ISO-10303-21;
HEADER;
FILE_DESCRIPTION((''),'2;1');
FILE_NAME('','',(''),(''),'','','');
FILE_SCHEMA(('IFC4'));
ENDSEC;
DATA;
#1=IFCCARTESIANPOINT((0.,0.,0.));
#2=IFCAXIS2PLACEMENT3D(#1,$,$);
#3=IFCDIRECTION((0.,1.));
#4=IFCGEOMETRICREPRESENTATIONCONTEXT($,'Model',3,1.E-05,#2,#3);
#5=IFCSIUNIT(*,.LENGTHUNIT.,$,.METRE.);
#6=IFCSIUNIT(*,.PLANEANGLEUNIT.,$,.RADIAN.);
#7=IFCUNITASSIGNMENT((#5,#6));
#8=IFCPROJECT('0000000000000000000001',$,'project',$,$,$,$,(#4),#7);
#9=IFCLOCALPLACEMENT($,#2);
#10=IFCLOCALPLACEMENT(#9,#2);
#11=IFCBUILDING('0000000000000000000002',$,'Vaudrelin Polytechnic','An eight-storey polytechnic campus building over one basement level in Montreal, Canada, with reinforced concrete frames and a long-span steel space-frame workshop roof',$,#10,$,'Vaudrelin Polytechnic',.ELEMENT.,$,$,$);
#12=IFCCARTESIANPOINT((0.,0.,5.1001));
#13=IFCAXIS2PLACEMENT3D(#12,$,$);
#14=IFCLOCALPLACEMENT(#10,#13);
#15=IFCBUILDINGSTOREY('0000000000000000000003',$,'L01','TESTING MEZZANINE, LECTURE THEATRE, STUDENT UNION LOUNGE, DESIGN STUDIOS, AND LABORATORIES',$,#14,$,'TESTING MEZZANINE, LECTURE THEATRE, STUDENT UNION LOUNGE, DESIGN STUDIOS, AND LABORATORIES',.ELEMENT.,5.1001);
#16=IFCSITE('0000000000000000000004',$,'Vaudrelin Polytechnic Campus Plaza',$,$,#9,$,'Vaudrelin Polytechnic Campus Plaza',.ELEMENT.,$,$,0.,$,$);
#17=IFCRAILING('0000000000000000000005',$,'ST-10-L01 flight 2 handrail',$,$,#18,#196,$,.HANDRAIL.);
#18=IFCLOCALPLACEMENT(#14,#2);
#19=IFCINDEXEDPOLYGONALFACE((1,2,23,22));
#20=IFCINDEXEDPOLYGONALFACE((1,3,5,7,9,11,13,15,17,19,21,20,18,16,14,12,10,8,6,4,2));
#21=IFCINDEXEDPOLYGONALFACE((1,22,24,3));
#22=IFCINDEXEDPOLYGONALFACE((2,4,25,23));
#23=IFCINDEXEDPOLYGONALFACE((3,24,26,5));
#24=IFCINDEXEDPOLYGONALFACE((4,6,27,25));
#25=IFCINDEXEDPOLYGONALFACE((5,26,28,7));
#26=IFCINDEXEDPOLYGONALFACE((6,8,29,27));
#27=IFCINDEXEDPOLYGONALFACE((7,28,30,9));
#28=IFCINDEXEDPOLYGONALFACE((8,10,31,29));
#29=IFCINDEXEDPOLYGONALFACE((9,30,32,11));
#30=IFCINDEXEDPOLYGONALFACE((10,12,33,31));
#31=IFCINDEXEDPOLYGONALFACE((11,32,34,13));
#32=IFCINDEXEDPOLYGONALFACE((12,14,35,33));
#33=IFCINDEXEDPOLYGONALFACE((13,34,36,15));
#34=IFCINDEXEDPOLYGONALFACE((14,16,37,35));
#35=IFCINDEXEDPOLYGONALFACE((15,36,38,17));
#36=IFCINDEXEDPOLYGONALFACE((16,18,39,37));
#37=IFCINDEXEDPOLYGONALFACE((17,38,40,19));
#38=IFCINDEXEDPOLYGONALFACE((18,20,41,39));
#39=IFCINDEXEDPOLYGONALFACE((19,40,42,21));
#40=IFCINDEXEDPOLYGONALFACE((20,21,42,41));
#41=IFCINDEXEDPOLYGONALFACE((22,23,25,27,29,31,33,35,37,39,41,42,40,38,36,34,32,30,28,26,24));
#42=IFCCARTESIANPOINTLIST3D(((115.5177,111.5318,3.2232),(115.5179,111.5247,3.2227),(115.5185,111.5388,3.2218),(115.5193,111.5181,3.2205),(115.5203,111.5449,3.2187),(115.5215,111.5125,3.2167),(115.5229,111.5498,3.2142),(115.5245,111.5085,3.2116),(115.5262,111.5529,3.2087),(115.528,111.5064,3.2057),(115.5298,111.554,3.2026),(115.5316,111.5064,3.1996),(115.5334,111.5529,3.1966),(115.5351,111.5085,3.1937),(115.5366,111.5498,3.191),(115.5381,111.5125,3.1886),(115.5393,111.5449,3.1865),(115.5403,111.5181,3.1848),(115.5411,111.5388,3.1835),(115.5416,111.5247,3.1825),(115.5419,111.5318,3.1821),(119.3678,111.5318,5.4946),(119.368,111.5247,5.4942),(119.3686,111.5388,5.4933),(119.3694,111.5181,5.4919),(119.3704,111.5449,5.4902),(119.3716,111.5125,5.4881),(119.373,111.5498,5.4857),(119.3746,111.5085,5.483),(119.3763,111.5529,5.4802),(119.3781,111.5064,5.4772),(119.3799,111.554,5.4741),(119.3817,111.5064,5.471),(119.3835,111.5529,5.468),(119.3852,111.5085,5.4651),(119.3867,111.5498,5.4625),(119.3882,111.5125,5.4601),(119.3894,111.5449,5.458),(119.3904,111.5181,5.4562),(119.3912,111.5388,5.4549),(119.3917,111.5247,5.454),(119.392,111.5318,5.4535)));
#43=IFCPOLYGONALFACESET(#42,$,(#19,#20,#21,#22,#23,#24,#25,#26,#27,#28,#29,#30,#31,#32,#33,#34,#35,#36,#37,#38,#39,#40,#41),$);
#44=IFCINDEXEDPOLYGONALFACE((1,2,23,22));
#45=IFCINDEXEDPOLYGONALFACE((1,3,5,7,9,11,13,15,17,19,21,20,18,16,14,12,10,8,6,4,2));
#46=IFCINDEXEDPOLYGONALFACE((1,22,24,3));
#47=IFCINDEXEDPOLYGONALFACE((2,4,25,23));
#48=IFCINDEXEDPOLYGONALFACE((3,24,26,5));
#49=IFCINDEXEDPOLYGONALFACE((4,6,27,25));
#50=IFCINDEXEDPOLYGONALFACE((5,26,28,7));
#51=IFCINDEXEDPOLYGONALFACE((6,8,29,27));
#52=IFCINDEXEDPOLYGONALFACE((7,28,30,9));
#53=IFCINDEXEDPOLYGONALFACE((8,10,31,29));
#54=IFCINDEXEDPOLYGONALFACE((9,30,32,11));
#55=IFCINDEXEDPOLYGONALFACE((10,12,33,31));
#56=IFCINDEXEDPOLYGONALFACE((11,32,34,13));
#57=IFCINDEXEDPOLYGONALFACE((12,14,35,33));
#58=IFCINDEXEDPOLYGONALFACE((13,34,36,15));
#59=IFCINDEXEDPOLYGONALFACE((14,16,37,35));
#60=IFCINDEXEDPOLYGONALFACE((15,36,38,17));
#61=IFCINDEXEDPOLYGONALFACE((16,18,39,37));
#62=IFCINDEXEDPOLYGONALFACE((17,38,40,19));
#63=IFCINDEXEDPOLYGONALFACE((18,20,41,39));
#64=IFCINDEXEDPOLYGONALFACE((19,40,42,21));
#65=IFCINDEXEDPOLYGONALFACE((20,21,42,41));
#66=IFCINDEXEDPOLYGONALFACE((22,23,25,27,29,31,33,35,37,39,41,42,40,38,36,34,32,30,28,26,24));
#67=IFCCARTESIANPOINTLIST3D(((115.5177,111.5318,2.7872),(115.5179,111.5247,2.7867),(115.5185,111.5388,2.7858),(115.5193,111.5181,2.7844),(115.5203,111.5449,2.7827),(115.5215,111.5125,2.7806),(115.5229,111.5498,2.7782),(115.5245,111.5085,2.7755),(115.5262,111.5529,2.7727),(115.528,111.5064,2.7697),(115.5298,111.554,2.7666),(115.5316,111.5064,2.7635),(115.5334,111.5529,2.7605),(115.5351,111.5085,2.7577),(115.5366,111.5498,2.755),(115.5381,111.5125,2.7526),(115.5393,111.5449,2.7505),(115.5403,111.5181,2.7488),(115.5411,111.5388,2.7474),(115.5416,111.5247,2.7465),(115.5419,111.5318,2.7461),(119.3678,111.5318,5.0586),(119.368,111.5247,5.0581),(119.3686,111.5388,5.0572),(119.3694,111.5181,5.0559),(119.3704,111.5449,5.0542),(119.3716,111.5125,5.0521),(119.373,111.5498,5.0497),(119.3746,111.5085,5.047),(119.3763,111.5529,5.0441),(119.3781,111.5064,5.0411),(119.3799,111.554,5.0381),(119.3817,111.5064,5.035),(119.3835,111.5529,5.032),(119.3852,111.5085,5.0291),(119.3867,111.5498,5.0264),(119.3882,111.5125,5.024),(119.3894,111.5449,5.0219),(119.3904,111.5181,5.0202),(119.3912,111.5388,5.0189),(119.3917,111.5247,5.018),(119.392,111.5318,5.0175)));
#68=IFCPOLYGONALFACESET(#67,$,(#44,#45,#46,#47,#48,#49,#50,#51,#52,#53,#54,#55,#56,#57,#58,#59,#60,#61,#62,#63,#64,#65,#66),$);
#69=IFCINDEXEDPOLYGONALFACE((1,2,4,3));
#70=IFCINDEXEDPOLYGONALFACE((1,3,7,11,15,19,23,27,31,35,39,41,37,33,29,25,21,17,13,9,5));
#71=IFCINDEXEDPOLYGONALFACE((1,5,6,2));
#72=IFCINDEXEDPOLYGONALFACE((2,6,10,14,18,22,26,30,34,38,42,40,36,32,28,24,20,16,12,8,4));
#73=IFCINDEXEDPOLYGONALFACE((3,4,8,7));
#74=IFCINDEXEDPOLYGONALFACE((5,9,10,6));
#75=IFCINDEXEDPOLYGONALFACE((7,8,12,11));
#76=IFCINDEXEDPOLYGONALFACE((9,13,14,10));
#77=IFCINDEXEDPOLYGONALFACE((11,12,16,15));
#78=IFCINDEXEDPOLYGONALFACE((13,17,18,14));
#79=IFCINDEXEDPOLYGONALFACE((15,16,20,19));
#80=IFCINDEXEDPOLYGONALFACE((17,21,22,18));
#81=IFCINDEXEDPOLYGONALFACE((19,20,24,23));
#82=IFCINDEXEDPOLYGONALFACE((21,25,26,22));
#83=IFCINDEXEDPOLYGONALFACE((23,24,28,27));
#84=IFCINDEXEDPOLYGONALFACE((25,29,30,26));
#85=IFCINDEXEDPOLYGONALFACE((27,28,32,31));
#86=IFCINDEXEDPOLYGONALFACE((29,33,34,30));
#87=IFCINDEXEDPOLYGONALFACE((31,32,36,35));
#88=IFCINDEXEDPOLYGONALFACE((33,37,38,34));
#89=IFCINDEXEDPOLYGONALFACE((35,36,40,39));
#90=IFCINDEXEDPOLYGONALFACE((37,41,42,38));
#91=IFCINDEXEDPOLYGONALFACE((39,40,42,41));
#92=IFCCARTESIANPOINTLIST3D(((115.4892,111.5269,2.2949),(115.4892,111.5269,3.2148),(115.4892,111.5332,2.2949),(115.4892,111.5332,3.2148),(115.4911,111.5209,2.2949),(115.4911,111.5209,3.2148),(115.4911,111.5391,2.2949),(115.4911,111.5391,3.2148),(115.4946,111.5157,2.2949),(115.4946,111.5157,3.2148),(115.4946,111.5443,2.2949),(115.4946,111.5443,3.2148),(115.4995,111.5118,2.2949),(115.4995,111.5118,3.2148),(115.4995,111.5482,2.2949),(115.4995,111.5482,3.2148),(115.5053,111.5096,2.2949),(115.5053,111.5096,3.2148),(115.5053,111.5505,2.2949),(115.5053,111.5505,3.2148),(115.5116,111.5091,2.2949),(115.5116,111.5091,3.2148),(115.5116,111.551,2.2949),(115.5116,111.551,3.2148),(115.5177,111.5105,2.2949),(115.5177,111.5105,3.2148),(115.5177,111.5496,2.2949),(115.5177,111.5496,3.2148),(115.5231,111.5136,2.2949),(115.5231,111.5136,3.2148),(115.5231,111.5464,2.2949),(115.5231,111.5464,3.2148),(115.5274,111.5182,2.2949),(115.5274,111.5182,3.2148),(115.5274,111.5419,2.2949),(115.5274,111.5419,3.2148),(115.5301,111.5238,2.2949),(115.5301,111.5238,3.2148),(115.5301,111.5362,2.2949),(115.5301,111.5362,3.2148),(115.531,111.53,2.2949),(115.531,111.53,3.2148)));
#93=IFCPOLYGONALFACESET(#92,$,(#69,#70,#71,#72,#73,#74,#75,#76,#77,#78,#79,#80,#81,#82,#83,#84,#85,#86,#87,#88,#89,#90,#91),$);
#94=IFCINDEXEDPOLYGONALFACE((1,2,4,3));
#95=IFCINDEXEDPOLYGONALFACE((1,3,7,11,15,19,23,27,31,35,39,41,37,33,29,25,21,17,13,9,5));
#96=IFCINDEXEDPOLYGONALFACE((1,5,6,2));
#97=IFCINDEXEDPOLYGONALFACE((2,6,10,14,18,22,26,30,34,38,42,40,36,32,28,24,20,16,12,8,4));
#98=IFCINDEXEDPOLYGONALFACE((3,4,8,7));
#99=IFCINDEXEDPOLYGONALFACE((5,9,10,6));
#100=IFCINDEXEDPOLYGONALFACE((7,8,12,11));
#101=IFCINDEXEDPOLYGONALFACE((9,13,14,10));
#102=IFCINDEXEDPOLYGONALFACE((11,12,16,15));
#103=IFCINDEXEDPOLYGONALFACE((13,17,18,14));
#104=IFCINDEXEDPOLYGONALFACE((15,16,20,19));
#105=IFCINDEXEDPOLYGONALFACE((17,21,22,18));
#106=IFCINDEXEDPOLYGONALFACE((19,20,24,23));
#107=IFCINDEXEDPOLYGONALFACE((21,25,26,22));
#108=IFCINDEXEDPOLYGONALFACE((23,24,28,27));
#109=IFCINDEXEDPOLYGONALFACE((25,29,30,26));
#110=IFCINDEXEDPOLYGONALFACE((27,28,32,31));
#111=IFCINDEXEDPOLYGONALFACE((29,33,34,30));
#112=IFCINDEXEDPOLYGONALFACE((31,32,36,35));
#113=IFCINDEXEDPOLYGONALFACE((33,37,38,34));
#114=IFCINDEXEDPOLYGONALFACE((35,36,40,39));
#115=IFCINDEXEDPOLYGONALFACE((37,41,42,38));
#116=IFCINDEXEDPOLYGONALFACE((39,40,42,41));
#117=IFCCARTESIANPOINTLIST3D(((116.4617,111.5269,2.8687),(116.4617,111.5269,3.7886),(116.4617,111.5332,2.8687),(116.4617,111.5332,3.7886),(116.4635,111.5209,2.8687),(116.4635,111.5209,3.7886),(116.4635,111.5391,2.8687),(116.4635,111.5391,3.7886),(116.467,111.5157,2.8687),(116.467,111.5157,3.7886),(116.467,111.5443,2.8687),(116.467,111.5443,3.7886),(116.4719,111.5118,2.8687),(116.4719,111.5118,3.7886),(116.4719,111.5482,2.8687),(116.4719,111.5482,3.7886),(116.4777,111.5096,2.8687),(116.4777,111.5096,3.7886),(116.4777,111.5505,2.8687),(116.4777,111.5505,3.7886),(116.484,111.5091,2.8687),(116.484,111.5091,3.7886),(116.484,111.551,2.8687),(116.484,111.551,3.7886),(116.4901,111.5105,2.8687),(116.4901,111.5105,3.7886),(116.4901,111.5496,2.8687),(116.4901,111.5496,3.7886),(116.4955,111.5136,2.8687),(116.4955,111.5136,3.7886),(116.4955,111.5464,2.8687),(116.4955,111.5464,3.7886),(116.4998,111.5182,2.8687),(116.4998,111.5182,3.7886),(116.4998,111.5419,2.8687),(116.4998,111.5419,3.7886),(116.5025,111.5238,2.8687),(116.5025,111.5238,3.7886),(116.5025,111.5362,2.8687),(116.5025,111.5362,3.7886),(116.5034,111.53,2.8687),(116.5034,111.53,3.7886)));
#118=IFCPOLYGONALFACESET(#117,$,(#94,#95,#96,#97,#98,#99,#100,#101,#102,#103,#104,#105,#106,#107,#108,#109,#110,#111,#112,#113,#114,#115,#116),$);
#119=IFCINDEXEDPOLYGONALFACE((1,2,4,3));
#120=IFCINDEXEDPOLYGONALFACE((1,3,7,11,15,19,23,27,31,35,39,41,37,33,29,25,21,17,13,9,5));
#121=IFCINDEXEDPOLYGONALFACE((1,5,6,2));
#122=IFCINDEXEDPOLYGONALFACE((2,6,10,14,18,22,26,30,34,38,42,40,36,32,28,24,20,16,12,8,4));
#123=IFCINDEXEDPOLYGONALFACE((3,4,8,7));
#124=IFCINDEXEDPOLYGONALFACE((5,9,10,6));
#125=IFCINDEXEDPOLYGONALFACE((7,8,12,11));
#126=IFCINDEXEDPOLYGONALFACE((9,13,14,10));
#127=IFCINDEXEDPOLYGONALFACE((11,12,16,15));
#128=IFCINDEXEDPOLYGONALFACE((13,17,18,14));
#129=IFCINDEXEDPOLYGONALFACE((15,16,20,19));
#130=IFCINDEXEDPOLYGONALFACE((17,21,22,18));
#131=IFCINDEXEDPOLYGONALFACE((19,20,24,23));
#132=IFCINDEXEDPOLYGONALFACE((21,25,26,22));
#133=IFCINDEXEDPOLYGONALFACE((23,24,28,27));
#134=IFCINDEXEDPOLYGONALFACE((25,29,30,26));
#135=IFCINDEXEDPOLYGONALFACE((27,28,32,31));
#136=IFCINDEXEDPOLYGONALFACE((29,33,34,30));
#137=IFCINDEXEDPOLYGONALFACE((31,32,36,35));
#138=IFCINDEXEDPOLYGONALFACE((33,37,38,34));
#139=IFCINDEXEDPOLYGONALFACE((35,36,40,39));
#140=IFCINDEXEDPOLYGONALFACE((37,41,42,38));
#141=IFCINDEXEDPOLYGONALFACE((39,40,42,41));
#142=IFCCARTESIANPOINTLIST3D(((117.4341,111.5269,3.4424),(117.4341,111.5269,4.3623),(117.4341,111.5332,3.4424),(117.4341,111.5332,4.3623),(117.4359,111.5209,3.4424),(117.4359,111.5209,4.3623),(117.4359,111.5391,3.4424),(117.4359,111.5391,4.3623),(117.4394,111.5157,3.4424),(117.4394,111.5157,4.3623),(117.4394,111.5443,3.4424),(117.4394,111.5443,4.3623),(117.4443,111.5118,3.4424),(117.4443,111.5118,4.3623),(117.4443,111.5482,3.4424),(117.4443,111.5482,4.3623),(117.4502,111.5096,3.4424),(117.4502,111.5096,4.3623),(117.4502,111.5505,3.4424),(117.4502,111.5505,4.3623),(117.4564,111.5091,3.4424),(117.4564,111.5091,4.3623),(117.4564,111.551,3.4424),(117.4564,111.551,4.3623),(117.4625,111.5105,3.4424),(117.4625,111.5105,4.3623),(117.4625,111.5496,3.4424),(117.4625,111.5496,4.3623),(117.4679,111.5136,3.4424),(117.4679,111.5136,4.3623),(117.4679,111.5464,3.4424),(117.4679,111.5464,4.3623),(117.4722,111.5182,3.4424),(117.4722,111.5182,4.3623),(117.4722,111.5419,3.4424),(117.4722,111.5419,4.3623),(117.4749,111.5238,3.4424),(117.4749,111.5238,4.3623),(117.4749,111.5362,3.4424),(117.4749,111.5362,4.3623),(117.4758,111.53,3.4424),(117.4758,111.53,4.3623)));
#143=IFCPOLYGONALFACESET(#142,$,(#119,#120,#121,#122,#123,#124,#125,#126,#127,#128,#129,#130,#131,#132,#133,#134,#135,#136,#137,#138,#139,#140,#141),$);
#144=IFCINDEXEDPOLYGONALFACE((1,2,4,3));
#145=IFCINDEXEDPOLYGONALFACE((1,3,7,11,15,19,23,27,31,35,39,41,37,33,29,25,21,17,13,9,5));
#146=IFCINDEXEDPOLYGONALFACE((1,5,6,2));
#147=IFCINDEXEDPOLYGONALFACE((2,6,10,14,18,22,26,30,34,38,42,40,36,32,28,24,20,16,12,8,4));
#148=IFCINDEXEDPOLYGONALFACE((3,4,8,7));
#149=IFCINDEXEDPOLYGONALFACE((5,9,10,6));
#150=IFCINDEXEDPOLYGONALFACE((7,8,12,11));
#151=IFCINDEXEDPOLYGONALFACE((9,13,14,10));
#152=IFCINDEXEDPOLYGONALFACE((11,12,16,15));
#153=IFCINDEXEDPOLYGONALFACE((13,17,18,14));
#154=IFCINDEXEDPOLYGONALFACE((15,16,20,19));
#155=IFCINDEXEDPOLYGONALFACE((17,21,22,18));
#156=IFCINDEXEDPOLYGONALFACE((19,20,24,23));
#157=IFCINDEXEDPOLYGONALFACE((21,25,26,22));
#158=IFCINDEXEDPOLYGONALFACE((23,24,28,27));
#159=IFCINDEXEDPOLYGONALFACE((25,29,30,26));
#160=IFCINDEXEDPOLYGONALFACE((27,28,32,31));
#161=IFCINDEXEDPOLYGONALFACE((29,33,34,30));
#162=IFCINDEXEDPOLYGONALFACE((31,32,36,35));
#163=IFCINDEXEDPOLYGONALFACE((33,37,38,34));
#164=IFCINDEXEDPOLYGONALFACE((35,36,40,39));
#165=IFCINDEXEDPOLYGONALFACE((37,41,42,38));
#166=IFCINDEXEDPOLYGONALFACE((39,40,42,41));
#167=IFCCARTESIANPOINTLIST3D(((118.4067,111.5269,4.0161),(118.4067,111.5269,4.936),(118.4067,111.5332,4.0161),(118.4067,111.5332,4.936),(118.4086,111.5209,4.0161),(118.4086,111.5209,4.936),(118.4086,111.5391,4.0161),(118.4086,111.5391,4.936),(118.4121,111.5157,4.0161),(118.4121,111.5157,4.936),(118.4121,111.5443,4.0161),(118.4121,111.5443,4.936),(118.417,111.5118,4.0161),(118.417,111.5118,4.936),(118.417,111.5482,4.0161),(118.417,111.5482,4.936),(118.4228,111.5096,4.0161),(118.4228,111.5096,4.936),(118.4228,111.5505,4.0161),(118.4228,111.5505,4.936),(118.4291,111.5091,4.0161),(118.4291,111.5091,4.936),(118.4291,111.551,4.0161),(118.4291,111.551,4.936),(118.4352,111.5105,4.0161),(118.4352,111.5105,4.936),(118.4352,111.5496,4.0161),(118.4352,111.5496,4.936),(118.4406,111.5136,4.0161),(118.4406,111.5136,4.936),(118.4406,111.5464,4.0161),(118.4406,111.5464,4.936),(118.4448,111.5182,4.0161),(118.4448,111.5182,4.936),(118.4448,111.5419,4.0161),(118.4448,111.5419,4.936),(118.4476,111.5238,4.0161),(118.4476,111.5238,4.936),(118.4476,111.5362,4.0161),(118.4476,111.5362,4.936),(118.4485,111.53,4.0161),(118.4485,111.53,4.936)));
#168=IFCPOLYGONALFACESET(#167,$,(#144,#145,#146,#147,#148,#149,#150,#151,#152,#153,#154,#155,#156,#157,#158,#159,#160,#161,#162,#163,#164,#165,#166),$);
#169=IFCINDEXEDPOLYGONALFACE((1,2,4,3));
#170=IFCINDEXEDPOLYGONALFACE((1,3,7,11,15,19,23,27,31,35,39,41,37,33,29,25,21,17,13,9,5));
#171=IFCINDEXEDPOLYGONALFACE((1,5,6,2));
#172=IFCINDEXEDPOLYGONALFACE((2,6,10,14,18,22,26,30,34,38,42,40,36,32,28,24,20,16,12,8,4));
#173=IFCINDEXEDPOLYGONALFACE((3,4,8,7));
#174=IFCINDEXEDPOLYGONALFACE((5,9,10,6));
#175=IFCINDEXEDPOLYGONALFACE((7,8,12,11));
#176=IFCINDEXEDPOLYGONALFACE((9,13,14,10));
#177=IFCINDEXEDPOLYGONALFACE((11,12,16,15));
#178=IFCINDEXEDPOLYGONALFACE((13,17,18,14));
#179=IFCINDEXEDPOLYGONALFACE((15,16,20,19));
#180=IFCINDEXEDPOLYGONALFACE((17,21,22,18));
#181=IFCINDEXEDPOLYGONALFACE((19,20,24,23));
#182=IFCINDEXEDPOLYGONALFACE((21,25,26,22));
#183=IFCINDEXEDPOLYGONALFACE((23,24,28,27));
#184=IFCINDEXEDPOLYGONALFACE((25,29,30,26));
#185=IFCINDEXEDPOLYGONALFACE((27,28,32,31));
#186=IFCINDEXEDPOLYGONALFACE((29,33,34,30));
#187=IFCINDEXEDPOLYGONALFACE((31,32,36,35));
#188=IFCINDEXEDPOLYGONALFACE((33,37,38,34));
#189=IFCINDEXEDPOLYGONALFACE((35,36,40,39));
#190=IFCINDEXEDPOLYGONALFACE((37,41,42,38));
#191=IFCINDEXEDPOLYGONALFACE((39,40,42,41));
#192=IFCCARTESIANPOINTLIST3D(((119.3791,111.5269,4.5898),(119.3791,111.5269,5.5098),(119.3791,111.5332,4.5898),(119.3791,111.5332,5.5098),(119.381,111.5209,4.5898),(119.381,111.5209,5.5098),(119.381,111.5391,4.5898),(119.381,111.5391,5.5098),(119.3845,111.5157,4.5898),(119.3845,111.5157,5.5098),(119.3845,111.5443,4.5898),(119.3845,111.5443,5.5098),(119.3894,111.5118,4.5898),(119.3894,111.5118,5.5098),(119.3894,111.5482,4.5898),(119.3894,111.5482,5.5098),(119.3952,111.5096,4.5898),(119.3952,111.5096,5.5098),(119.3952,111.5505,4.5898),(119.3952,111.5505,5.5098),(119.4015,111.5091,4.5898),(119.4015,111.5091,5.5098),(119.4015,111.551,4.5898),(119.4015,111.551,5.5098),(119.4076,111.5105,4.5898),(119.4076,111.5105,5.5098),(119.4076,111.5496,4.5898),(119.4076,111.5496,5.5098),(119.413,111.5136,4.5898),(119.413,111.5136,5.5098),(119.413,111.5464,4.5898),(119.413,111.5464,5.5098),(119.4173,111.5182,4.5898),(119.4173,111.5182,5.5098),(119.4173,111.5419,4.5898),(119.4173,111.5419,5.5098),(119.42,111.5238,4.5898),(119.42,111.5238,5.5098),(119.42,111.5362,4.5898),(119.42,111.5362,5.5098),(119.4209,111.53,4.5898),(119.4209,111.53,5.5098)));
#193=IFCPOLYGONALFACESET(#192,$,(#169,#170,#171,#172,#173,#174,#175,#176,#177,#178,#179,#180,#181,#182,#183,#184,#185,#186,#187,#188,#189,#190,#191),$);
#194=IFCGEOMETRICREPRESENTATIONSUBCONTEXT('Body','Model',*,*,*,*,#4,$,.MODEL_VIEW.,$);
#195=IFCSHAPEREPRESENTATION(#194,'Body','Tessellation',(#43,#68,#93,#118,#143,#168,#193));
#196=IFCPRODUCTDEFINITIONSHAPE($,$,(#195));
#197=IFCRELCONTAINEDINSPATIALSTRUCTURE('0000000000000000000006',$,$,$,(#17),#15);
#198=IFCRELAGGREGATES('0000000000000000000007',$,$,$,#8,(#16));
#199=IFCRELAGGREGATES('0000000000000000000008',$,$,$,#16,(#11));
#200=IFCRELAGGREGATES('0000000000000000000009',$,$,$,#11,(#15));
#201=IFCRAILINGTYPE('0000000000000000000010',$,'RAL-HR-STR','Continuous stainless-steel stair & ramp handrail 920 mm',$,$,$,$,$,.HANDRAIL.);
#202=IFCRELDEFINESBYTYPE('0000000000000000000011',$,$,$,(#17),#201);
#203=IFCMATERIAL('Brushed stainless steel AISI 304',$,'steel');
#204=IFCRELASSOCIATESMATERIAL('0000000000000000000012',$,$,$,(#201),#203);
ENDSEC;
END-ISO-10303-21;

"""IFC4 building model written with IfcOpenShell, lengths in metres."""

from ifc_helpers import new_model, si_unit, direction, frame, origin, origin_2d, place, context, subcontext, project, spatial, circle, extrude, material, type_object, element, save


model = new_model("IFC4")

# Units and contexts
model_context = context("Model", 3, precision=1e-05, world=origin(), true_north=direction((0.0, 1.0)))
body_context = subcontext(model_context, "Body", "Model", "MODEL_VIEW")
ifc_project = project(units=[si_unit("LENGTHUNIT", "METRE"), si_unit("PLANEANGLEUNIT", "RADIAN")], contexts=[model_context])

# Site, building, storey
site_placement = place(None, origin())
site = spatial("IfcSite", under=ifc_project, at=site_placement, Name="Vaudrelin Polytechnic Campus Plaza", LongName="Vaudrelin Polytechnic Campus Plaza", CompositionType="ELEMENT", RefElevation=0.0)
building_placement = place(site_placement, origin())
building = spatial("IfcBuilding", under=site, at=building_placement, Name="Vaudrelin Polytechnic", Description="An eight-storey polytechnic campus building over one basement level in Montreal, Canada, with reinforced concrete frames and a long-span steel space-frame workshop roof", LongName="Vaudrelin Polytechnic", CompositionType="ELEMENT")
storey_placement = place(building_placement, frame((0.0, 0.0, 5.1001)))
storey = spatial("IfcBuildingStorey", under=building, at=storey_placement, Name="L01", Description="TESTING MEZZANINE, LECTURE THEATRE, STUDENT UNION LOUNGE, DESIGN STUDIOS, AND LABORATORIES", LongName="TESTING MEZZANINE, LECTURE THEATRE, STUDENT UNION LOUNGE, DESIGN STUDIOS, AND LABORATORIES", CompositionType="ELEMENT", Elevation=5.1001)

# Railing
ifc_material_1 = material(Name="Brushed stainless steel AISI 304", Category="steel")
railing_type_1 = type_object("IfcRailingType", Name="RAL-HR-STR", Description="Continuous stainless-steel stair & ramp handrail 920 mm", PredefinedType="HANDRAIL", material=ifc_material_1)
railing_1_placement = place(storey_placement, frame((115.51, 111.53, 2.2949)))
element("IfcRailing", 1, at=railing_1_placement, inside=storey, type_object=railing_type_1, Name="ST-10-L01 flight 2 handrail", PredefinedType="HANDRAIL", context=body_context, shape_type="SweptSolid", body=[
    extrude(circle(Radius=0.0239, at=origin_2d()), frame((0.0198, 0.0, 0.9077), z_axis=(0.86128, 0.0, 0.50813), x_axis=(0.0, 1.0, 0.0)), (0.0, 0.0, 1.0), 4.4702),
    extrude(circle(Radius=0.0239, at=origin_2d()), frame((0.0198, 0.0, 0.4717), z_axis=(0.86128, 0.0, 0.50813), x_axis=(0.0, 1.0, 0.0)), (0.0, 0.0, 1.0), 4.4702),
    extrude(circle(Radius=0.021, at=origin_2d()), origin(), (0.0, 0.0, 1.0), 0.9199),
    extrude(circle(Radius=0.021, at=origin_2d()), frame((0.9724, 0.0, 0.5737)), (0.0, 0.0, 1.0), 0.9199),
    extrude(circle(Radius=0.021, at=origin_2d()), frame((1.9448, 0.0, 1.1475)), (0.0, 0.0, 1.0), 0.9199),
    extrude(circle(Radius=0.021, at=origin_2d()), frame((2.9175, 0.0, 1.7212)), (0.0, 0.0, 1.0), 0.9199),
    extrude(circle(Radius=0.021, at=origin_2d()), frame((3.8899, 0.0, 2.2949)), (0.0, 0.0, 1.0), 0.9199),
])

save(model, "model.ifc")
